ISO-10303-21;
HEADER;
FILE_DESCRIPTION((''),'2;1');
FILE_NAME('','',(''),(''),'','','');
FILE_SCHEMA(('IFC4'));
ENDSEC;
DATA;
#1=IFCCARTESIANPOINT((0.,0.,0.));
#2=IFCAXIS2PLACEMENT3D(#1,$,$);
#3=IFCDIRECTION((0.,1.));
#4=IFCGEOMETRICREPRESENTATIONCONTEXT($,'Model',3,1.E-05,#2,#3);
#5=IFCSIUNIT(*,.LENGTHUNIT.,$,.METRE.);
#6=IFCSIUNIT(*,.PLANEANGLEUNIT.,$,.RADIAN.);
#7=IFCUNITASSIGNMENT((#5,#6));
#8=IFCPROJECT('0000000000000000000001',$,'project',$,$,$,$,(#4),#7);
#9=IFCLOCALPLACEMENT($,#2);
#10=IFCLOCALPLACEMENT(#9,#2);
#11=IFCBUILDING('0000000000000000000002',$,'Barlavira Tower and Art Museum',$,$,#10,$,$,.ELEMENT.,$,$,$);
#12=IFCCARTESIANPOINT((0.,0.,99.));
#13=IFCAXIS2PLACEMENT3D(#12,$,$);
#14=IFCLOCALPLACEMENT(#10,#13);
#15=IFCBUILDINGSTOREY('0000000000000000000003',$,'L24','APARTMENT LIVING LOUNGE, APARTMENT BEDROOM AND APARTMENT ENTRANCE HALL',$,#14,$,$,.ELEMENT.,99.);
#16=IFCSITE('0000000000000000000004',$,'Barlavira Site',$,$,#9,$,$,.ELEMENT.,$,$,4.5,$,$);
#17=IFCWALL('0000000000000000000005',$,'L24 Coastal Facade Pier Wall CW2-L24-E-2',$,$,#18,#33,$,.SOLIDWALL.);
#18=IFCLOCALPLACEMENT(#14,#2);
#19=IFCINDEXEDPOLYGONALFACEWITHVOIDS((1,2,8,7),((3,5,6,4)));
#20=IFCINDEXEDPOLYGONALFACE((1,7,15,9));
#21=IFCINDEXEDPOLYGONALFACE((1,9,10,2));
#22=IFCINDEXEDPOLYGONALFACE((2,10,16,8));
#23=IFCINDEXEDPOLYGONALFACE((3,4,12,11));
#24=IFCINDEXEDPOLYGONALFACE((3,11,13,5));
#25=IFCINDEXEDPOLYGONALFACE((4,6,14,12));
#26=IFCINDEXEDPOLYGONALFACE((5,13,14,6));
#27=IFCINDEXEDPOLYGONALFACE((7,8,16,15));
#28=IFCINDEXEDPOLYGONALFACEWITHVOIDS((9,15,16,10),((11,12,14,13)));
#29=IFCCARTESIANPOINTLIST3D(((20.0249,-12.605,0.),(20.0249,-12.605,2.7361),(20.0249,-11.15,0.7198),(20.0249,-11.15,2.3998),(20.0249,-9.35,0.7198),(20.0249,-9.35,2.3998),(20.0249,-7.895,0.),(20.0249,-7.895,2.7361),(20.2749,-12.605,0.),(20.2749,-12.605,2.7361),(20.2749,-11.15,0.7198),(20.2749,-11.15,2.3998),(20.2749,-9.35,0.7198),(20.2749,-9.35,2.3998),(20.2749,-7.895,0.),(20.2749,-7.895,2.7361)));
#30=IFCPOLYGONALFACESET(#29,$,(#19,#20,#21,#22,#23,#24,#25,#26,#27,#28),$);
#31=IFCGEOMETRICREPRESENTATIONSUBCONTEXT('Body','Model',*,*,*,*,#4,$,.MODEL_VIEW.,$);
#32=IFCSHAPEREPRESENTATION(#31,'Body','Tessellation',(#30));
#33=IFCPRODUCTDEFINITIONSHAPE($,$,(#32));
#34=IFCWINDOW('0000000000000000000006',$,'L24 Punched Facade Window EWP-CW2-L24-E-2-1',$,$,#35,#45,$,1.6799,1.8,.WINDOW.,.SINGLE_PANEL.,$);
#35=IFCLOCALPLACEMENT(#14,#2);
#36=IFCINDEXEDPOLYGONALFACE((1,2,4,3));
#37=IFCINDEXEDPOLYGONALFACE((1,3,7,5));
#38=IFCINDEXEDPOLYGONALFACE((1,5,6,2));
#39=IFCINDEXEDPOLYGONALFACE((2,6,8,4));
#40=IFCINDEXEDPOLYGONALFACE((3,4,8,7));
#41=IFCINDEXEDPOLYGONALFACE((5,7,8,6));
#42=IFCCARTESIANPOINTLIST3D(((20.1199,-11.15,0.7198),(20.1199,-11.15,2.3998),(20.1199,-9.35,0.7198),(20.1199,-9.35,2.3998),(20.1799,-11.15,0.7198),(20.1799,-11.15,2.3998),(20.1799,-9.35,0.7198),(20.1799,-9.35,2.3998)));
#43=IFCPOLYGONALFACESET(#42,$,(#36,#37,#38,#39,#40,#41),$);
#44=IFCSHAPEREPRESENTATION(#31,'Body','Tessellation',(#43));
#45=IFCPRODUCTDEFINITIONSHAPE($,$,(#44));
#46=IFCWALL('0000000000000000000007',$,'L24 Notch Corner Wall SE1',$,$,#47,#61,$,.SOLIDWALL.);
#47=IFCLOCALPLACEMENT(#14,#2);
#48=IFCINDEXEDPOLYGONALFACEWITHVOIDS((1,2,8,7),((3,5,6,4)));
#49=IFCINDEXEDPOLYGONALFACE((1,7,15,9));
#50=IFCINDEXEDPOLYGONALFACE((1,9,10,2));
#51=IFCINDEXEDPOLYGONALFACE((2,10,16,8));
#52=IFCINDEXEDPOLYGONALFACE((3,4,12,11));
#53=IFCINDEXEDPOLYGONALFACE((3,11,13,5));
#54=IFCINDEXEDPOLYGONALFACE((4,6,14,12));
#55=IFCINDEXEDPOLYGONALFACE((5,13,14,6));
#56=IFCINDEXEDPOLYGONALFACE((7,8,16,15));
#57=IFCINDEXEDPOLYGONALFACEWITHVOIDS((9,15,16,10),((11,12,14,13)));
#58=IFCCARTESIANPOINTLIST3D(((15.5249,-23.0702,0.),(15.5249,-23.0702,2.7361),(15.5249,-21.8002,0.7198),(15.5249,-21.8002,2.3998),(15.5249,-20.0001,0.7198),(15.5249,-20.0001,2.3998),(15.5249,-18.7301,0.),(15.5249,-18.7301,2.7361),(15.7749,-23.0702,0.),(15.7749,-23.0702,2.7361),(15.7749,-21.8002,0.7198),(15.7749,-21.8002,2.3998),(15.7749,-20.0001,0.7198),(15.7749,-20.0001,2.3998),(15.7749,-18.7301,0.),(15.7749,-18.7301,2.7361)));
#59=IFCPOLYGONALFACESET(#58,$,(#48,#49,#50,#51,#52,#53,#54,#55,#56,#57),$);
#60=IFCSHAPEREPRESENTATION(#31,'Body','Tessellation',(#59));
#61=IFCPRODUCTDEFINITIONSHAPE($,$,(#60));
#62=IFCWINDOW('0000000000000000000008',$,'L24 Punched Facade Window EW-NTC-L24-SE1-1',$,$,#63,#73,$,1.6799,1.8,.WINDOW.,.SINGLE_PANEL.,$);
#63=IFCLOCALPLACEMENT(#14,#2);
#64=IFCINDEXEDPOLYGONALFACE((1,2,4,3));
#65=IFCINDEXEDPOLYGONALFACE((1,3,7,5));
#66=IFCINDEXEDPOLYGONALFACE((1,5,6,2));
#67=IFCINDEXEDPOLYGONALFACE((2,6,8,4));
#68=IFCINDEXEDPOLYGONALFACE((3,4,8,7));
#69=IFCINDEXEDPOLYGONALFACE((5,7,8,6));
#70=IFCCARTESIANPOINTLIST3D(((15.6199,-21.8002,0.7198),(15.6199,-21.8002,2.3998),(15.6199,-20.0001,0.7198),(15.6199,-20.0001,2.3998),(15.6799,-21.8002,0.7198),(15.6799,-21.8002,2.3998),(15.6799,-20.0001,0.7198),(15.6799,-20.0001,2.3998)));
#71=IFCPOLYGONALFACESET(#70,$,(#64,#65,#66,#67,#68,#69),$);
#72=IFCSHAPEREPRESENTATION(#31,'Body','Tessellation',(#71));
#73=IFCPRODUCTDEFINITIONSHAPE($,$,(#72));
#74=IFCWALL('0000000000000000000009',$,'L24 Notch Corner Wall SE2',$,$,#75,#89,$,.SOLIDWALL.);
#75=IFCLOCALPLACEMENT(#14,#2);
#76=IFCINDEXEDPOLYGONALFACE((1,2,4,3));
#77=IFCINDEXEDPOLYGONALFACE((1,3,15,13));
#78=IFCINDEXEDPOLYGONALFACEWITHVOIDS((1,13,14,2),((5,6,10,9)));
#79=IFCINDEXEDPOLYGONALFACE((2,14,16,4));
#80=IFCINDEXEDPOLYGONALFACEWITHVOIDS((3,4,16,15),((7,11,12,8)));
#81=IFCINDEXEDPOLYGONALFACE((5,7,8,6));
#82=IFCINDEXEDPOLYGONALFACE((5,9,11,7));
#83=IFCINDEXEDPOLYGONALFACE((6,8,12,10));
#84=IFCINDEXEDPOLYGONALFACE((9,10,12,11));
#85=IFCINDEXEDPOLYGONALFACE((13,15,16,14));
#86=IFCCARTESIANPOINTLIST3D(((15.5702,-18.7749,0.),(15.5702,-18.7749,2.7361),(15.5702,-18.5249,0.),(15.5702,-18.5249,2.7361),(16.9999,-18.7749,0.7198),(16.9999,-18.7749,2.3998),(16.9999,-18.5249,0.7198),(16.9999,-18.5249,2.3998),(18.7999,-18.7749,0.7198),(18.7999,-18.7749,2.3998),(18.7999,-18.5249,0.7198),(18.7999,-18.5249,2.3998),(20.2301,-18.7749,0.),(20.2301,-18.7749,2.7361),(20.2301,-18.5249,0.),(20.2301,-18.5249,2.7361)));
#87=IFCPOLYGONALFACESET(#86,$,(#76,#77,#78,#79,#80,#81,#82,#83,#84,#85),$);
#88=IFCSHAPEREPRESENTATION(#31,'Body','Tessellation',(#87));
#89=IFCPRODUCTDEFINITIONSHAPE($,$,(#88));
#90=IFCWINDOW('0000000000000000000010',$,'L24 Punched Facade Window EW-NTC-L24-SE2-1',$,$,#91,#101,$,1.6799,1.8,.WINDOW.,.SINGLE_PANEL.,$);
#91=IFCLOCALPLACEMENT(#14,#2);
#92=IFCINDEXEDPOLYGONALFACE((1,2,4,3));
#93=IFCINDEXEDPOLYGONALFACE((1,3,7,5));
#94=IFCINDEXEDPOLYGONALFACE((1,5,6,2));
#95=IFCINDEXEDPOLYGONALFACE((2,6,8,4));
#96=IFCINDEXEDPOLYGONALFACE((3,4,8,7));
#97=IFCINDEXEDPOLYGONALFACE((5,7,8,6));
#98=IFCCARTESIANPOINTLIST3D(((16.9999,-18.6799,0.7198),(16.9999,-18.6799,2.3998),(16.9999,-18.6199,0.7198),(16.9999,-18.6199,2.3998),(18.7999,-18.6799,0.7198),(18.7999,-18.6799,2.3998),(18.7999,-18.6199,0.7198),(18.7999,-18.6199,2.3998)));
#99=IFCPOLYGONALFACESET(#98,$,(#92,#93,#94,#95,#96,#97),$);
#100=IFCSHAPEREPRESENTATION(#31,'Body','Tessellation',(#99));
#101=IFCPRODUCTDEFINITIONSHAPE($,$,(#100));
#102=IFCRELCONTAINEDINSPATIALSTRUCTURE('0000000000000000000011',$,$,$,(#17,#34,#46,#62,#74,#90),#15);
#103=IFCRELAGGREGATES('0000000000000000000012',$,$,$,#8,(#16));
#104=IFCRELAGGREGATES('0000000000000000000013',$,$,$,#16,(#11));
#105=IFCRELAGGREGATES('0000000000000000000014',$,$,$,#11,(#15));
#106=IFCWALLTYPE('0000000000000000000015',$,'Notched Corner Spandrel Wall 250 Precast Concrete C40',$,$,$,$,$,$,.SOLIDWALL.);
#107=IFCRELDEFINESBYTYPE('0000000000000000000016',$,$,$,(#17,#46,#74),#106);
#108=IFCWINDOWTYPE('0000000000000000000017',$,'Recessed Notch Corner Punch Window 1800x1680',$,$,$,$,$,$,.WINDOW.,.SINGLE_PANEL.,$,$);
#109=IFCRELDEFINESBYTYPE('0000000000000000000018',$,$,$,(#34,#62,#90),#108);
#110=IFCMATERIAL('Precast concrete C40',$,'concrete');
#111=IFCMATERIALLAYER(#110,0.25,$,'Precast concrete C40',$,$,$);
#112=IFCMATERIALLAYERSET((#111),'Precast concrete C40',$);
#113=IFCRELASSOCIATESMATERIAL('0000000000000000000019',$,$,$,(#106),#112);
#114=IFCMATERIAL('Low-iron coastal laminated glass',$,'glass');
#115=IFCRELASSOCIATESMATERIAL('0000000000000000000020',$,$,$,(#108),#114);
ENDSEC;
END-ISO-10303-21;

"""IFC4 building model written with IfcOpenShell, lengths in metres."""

from ifc_helpers import new_model, si_unit, direction, frame, frame_2d, origin, place, context, subcontext, project, spatial, rectangle, extrude, material, layer, layer_set, type_object, element, fill, save


model = new_model("IFC4")

# Units and contexts
model_context = context("Model", 3, precision=1e-05, world=origin(), true_north=direction((0.0, 1.0)))
body_context = subcontext(model_context, "Body", "Model", "MODEL_VIEW")
ifc_project = project(units=[si_unit("LENGTHUNIT", "METRE"), si_unit("PLANEANGLEUNIT", "RADIAN")], contexts=[model_context])

# Site, building, storey
site_placement = place(None, origin())
site = spatial("IfcSite", under=ifc_project, at=site_placement, Name="Barlavira Site", CompositionType="ELEMENT", RefElevation=4.5)
building_placement = place(site_placement, origin())
building = spatial("IfcBuilding", under=site, at=building_placement, Name="Barlavira Tower and Art Museum", CompositionType="ELEMENT")
storey_placement = place(building_placement, frame((0.0, 0.0, 99.0)))
storey = spatial("IfcBuildingStorey", under=building, at=storey_placement, Name="L24", Description="APARTMENT LIVING LOUNGE, APARTMENT BEDROOM AND APARTMENT ENTRANCE HALL", CompositionType="ELEMENT", Elevation=99.0)

# Walls, openings, windows
ifc_material_1 = material(Name="Precast concrete C40", Category="concrete")
ifc_layer_1 = layer(ifc_material_1, 0.25, Name="Precast concrete C40")
ifc_layer_set_1 = layer_set([ifc_layer_1], Name="Precast concrete C40")
wall_type_1 = type_object("IfcWallType", Name="Notched Corner Spandrel Wall 250 Precast Concrete C40", PredefinedType="SOLIDWALL", material=ifc_layer_set_1)
ifc_material_2 = material(Name="Low-iron coastal laminated glass", Category="glass")
window_type = type_object("IfcWindowType", Name="Recessed Notch Corner Punch Window 1800x1680", PartitioningType="SINGLE_PANEL", PredefinedType="WINDOW", material=ifc_material_2)
wall_1_placement = place(storey_placement, frame((20.1499, -12.605, 0.0), z_axis=(0.0, 0.0, 1.0), x_axis=(0.0, 1.0, 0.0)))
wall_1 = element("IfcWall", 1, at=wall_1_placement, inside=storey, type_object=wall_type_1, Name="L24 Coastal Facade Pier Wall CW2-L24-E-2", PredefinedType="SOLIDWALL", context=body_context, shape_type="SweptSolid", body=[
    extrude(rectangle(XDim=4.71, YDim=0.25, at=frame_2d((2.355, 0.0))), origin(), (0.0, 0.0, 1.0), 2.7361),
])
opening_1_placement = place(wall_1_placement, frame((1.4551, 0.0, 0.72)))
opening_1 = element("IfcOpeningElement", 2, at=opening_1_placement, cuts=wall_1, PredefinedType="OPENING", context=body_context, shape_type="SweptSolid", body=[
    extrude(rectangle(XDim=1.8, YDim=1.6799, at=frame_2d((0.8999, 0.8398))), frame((0.0, 0.135, 0.0), z_axis=(0.0, -1.0, 0.0), x_axis=(1.0, 0.0, 0.0)), (0.0, 0.0, 1.0), 0.27),
])
window_1_placement = place(opening_1_placement, origin())
window_1 = element("IfcWindow", 3, at=window_1_placement, inside=storey, type_object=window_type, Name="L24 Punched Facade Window EWP-CW2-L24-E-2-1", OverallHeight=1.6799, OverallWidth=1.8, PartitioningType="SINGLE_PANEL", PredefinedType="WINDOW", context=body_context, shape_type="SweptSolid", body=[
    extrude(rectangle(XDim=1.8, YDim=1.6799, at=frame_2d((0.8999, 0.8398))), frame((0.0, 0.03, 0.0), z_axis=(0.0, -1.0, 0.0), x_axis=(1.0, 0.0, 0.0)), (0.0, 0.0, 1.0), 0.0601),
])
fill(opening_1, window_1)
wall_2_placement = place(storey_placement, frame((15.6499, -23.0701, 0.0), z_axis=(0.0, 0.0, 1.0), x_axis=(0.0, 1.0, 0.0)))
wall_2 = element("IfcWall", 4, at=wall_2_placement, inside=storey, type_object=wall_type_1, Name="L24 Notch Corner Wall SE1", PredefinedType="SOLIDWALL", context=body_context, shape_type="SweptSolid", body=[
    extrude(rectangle(XDim=4.3401, YDim=0.25, at=frame_2d((2.1699, 0.0))), origin(), (0.0, 0.0, 1.0), 2.7361),
])
opening_2_placement = place(wall_2_placement, frame((1.27, 0.0, 0.72)))
opening_2 = element("IfcOpeningElement", 5, at=opening_2_placement, cuts=wall_2, PredefinedType="OPENING", context=body_context, shape_type="SweptSolid", body=[
    extrude(rectangle(XDim=1.8, YDim=1.6799, at=frame_2d((0.8999, 0.8398))), frame((0.0, 0.135, 0.0), z_axis=(0.0, -1.0, 0.0), x_axis=(1.0, 0.0, 0.0)), (0.0, 0.0, 1.0), 0.27),
])
window_2_placement = place(opening_2_placement, origin())
window_2 = element("IfcWindow", 6, at=window_2_placement, inside=storey, type_object=window_type, Name="L24 Punched Facade Window EW-NTC-L24-SE1-1", OverallHeight=1.6799, OverallWidth=1.8, PartitioningType="SINGLE_PANEL", PredefinedType="WINDOW", context=body_context, shape_type="SweptSolid", body=[
    extrude(rectangle(XDim=1.8, YDim=1.6799, at=frame_2d((0.8999, 0.8398))), frame((0.0, 0.03, 0.0), z_axis=(0.0, -1.0, 0.0), x_axis=(1.0, 0.0, 0.0)), (0.0, 0.0, 1.0), 0.0601),
])
fill(opening_2, window_2)
wall_3_placement = place(storey_placement, frame((15.5701, -18.6499, 0.0), z_axis=(0.0, 0.0, 1.0), x_axis=(1.0, 0.0, 0.0)))
wall_3 = element("IfcWall", 7, at=wall_3_placement, inside=storey, type_object=wall_type_1, Name="L24 Notch Corner Wall SE2", PredefinedType="SOLIDWALL", context=body_context, shape_type="SweptSolid", body=[
    extrude(rectangle(XDim=4.6599, YDim=0.25, at=frame_2d((2.3301, 0.0))), origin(), (0.0, 0.0, 1.0), 2.7361),
])
opening_3_placement = place(wall_3_placement, frame((1.4299, 0.0, 0.72)))
opening_3 = element("IfcOpeningElement", 8, at=opening_3_placement, cuts=wall_3, PredefinedType="OPENING", context=body_context, shape_type="SweptSolid", body=[
    extrude(rectangle(XDim=1.8, YDim=1.6799, at=frame_2d((0.8999, 0.8398))), frame((0.0, 0.135, 0.0), z_axis=(0.0, -1.0, 0.0), x_axis=(1.0, 0.0, 0.0)), (0.0, 0.0, 1.0), 0.27),
])
window_3_placement = place(opening_3_placement, origin())
window_3 = element("IfcWindow", 9, at=window_3_placement, inside=storey, type_object=window_type, Name="L24 Punched Facade Window EW-NTC-L24-SE2-1", OverallHeight=1.6799, OverallWidth=1.8, PartitioningType="SINGLE_PANEL", PredefinedType="WINDOW", context=body_context, shape_type="SweptSolid", body=[
    extrude(rectangle(XDim=1.8, YDim=1.6799, at=frame_2d((0.8999, 0.8398))), frame((0.0, 0.03, 0.0), z_axis=(0.0, -1.0, 0.0), x_axis=(1.0, 0.0, 0.0)), (0.0, 0.0, 1.0), 0.0601),
])
fill(opening_3, window_3)

save(model, "model.ifc")
